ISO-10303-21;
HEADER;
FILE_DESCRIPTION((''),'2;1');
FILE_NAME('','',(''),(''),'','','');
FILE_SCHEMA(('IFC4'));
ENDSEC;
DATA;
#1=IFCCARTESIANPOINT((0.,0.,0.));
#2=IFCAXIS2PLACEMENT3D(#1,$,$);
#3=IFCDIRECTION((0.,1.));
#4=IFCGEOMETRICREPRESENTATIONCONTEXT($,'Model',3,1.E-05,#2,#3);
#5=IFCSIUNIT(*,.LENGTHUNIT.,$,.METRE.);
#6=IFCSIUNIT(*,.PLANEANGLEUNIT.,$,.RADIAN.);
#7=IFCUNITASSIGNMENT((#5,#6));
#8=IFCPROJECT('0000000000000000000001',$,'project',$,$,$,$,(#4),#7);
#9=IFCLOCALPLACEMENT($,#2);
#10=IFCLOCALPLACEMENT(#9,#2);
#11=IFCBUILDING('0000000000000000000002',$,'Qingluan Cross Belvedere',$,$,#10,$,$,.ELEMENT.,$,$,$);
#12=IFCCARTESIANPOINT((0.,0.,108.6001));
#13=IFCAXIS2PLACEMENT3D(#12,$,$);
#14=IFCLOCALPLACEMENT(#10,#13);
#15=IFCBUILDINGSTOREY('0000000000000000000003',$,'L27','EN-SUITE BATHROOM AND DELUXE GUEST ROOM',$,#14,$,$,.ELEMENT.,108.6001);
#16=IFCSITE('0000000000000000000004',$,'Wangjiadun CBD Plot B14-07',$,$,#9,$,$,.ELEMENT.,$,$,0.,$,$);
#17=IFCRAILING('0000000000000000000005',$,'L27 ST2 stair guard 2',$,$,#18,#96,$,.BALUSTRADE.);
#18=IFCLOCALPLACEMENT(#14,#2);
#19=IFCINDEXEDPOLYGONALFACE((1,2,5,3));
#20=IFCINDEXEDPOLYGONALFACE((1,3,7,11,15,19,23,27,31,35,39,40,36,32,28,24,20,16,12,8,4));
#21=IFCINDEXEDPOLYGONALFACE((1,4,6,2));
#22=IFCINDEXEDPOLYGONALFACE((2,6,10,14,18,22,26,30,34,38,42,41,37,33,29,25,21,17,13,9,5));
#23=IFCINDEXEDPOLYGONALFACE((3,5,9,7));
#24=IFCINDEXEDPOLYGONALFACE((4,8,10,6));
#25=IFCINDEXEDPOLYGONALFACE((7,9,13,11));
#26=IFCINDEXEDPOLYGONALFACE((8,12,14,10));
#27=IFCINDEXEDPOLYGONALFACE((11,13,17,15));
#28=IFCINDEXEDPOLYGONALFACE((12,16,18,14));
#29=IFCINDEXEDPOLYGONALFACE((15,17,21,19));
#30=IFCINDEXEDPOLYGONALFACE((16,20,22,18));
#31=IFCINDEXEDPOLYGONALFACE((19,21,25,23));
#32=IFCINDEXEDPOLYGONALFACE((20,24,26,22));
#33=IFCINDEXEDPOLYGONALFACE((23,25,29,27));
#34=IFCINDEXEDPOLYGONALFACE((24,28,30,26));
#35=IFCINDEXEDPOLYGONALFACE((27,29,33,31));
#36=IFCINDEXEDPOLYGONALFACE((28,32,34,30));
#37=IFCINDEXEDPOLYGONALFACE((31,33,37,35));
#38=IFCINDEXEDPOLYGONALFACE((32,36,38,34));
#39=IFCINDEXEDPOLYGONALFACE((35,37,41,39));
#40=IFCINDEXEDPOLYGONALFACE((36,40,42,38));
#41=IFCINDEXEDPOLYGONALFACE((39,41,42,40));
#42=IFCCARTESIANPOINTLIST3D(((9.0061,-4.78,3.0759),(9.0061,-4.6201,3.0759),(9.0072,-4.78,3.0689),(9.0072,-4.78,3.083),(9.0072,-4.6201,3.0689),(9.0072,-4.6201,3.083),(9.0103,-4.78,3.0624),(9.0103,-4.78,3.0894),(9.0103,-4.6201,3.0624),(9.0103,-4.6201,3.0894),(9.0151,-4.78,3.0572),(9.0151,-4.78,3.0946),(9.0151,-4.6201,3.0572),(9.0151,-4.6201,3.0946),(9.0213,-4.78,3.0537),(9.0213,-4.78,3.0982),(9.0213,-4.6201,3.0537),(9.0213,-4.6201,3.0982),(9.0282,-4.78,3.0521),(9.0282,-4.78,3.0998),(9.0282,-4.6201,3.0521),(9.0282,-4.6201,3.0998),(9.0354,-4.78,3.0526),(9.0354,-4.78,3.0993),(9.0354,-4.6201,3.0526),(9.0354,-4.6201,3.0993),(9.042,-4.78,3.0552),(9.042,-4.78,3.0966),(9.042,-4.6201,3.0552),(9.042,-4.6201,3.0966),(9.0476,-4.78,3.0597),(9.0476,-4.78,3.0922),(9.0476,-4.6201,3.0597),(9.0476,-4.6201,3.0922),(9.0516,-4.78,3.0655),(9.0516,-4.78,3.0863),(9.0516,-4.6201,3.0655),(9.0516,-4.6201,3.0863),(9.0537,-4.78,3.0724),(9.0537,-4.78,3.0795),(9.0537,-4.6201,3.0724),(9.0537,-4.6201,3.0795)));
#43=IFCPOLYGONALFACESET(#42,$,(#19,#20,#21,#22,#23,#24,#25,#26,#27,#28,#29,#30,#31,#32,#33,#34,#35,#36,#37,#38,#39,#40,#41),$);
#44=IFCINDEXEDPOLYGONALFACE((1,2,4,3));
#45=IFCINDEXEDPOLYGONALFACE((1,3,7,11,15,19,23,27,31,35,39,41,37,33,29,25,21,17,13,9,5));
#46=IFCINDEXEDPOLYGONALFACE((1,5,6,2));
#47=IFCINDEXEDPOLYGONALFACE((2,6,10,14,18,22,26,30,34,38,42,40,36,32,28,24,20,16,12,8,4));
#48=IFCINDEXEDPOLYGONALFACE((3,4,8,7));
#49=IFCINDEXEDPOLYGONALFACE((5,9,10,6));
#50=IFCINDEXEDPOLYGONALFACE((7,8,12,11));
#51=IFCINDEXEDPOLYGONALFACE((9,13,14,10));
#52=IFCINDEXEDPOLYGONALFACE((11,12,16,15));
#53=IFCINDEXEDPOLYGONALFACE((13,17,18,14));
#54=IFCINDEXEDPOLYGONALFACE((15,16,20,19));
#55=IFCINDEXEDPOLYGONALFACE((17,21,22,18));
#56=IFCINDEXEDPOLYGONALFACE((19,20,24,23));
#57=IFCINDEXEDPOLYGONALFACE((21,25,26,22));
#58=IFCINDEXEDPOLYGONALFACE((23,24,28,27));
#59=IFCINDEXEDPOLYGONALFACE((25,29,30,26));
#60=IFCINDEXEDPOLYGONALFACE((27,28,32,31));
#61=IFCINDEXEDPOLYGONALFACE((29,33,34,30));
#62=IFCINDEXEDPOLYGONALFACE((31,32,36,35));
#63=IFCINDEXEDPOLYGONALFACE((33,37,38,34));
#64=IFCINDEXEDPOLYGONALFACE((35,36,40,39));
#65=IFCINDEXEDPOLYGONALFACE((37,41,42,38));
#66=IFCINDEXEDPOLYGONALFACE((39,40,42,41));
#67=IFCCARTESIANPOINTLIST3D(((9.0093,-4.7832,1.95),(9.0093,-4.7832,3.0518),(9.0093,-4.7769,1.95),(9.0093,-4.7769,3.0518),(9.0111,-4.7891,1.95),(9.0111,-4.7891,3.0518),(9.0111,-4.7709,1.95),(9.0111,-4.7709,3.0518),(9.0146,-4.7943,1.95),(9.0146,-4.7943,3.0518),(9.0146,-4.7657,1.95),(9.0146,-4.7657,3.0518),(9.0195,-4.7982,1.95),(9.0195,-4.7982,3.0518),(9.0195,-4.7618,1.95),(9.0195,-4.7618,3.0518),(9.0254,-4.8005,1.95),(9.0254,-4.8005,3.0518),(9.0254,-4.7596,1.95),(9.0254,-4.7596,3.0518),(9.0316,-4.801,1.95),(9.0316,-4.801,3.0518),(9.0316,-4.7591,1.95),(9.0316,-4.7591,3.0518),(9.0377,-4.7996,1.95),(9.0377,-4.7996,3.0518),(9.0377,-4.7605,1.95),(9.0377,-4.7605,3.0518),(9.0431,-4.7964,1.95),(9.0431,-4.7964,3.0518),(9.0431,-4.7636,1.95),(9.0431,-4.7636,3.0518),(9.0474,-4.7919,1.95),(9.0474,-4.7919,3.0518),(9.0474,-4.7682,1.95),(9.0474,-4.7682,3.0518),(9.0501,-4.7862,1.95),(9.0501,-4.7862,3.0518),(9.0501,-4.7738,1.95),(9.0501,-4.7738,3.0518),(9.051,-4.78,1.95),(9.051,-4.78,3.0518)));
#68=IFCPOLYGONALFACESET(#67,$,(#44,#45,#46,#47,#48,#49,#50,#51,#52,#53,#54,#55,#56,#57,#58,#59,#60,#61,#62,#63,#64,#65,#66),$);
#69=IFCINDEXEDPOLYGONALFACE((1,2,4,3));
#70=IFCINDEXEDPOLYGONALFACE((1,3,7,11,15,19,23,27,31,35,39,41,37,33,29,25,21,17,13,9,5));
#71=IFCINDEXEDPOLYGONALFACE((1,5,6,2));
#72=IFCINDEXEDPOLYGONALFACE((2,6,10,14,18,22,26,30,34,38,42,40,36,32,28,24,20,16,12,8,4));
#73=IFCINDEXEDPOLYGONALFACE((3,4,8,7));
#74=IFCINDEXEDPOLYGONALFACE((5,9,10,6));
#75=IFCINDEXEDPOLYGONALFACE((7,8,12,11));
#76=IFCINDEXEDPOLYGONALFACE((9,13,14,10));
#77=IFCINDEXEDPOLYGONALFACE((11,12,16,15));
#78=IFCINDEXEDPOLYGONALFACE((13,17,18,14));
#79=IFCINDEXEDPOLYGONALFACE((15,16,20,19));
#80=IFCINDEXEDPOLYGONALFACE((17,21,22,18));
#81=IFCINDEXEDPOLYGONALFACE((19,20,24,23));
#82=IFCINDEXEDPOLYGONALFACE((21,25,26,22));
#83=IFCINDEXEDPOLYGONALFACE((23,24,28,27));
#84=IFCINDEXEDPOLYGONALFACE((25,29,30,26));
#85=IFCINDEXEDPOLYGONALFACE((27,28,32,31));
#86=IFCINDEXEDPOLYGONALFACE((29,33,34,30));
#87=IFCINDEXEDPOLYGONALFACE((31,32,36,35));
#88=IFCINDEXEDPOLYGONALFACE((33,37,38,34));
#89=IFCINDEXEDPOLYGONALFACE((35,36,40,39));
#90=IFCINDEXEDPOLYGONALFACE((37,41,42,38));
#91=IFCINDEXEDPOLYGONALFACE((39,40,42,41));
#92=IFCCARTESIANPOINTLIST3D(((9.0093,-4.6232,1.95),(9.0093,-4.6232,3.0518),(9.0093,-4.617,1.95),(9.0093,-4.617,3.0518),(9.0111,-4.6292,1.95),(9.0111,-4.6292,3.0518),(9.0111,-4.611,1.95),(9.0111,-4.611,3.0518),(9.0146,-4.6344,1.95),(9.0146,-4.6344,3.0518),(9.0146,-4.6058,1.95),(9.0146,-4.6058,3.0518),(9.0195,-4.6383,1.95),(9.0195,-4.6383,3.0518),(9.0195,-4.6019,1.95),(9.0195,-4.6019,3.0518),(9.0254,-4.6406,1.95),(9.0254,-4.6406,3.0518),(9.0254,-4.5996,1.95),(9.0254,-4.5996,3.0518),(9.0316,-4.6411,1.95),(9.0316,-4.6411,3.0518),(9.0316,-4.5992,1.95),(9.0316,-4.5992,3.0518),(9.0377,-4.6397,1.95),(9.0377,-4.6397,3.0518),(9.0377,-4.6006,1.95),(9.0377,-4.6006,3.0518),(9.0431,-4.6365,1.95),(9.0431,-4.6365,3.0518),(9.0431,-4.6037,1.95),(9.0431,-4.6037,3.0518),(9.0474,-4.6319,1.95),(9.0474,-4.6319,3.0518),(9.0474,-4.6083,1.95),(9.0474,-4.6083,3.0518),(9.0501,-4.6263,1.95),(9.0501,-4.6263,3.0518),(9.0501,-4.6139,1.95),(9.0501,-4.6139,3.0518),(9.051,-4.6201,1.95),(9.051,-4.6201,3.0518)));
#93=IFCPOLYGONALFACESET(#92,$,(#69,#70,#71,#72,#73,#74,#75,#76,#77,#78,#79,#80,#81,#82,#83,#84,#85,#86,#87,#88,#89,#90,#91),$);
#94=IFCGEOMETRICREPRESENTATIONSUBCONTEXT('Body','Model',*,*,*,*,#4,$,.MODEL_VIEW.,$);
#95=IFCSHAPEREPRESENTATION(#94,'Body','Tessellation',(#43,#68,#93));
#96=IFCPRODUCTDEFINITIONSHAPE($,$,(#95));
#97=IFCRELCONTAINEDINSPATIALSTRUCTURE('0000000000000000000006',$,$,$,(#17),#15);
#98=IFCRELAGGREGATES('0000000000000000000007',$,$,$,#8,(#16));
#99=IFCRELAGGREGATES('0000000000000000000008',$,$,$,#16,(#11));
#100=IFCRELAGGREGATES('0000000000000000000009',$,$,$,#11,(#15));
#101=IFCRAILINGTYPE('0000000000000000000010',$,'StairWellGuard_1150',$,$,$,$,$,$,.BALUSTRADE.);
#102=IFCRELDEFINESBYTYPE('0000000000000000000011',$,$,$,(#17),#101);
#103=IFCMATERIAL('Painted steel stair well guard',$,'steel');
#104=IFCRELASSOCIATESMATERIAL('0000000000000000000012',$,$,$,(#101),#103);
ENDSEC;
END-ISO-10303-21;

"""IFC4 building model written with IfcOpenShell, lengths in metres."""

from ifc_helpers import new_model, si_unit, direction, frame, origin, origin_2d, place, context, subcontext, project, spatial, circle, extrude, material, type_object, element, save


model = new_model("IFC4")

# Units and contexts
model_context = context("Model", 3, precision=1e-05, world=origin(), true_north=direction((0.0, 1.0)))
body_context = subcontext(model_context, "Body", "Model", "MODEL_VIEW")
ifc_project = project(units=[si_unit("LENGTHUNIT", "METRE"), si_unit("PLANEANGLEUNIT", "RADIAN")], contexts=[model_context])

# Site, building, storey
site_placement = place(None, origin())
site = spatial("IfcSite", under=ifc_project, at=site_placement, Name="Wangjiadun CBD Plot B14-07", CompositionType="ELEMENT", RefElevation=0.0)
building_placement = place(site_placement, origin())
building = spatial("IfcBuilding", under=site, at=building_placement, Name="Qingluan Cross Belvedere", CompositionType="ELEMENT")
storey_placement = place(building_placement, frame((0.0, 0.0, 108.6001)))
storey = spatial("IfcBuildingStorey", under=building, at=storey_placement, Name="L27", Description="EN-SUITE BATHROOM AND DELUXE GUEST ROOM", CompositionType="ELEMENT", Elevation=108.6001)

# Railing
ifc_material_1 = material(Name="Painted steel stair well guard", Category="steel")
railing_type_1 = type_object("IfcRailingType", Name="StairWellGuard_1150", PredefinedType="BALUSTRADE", material=ifc_material_1)
railing_1_placement = place(storey_placement, frame((9.03, -4.78, 1.95)))
element("IfcRailing", 1, at=railing_1_placement, inside=storey, type_object=railing_type_1, Name="L27 ST2 stair guard 2", PredefinedType="BALUSTRADE", context=body_context, shape_type="SweptSolid", body=[
    extrude(circle(Radius=0.0239, at=origin_2d()), frame((0.0, 0.0, 1.126), z_axis=(0.0, 1.0, 0.0), x_axis=(-1.0, 0.0, 0.0)), (0.0, 0.0, 1.0), 0.1599),
    extrude(circle(Radius=0.021, at=origin_2d()), origin(), (0.0, 0.0, 1.0), 1.1018),
    extrude(circle(Radius=0.021, at=origin_2d()), frame((0.0, 0.1599, 0.0)), (0.0, 0.0, 1.0), 1.1018),
])

save(model, "model.ifc")
